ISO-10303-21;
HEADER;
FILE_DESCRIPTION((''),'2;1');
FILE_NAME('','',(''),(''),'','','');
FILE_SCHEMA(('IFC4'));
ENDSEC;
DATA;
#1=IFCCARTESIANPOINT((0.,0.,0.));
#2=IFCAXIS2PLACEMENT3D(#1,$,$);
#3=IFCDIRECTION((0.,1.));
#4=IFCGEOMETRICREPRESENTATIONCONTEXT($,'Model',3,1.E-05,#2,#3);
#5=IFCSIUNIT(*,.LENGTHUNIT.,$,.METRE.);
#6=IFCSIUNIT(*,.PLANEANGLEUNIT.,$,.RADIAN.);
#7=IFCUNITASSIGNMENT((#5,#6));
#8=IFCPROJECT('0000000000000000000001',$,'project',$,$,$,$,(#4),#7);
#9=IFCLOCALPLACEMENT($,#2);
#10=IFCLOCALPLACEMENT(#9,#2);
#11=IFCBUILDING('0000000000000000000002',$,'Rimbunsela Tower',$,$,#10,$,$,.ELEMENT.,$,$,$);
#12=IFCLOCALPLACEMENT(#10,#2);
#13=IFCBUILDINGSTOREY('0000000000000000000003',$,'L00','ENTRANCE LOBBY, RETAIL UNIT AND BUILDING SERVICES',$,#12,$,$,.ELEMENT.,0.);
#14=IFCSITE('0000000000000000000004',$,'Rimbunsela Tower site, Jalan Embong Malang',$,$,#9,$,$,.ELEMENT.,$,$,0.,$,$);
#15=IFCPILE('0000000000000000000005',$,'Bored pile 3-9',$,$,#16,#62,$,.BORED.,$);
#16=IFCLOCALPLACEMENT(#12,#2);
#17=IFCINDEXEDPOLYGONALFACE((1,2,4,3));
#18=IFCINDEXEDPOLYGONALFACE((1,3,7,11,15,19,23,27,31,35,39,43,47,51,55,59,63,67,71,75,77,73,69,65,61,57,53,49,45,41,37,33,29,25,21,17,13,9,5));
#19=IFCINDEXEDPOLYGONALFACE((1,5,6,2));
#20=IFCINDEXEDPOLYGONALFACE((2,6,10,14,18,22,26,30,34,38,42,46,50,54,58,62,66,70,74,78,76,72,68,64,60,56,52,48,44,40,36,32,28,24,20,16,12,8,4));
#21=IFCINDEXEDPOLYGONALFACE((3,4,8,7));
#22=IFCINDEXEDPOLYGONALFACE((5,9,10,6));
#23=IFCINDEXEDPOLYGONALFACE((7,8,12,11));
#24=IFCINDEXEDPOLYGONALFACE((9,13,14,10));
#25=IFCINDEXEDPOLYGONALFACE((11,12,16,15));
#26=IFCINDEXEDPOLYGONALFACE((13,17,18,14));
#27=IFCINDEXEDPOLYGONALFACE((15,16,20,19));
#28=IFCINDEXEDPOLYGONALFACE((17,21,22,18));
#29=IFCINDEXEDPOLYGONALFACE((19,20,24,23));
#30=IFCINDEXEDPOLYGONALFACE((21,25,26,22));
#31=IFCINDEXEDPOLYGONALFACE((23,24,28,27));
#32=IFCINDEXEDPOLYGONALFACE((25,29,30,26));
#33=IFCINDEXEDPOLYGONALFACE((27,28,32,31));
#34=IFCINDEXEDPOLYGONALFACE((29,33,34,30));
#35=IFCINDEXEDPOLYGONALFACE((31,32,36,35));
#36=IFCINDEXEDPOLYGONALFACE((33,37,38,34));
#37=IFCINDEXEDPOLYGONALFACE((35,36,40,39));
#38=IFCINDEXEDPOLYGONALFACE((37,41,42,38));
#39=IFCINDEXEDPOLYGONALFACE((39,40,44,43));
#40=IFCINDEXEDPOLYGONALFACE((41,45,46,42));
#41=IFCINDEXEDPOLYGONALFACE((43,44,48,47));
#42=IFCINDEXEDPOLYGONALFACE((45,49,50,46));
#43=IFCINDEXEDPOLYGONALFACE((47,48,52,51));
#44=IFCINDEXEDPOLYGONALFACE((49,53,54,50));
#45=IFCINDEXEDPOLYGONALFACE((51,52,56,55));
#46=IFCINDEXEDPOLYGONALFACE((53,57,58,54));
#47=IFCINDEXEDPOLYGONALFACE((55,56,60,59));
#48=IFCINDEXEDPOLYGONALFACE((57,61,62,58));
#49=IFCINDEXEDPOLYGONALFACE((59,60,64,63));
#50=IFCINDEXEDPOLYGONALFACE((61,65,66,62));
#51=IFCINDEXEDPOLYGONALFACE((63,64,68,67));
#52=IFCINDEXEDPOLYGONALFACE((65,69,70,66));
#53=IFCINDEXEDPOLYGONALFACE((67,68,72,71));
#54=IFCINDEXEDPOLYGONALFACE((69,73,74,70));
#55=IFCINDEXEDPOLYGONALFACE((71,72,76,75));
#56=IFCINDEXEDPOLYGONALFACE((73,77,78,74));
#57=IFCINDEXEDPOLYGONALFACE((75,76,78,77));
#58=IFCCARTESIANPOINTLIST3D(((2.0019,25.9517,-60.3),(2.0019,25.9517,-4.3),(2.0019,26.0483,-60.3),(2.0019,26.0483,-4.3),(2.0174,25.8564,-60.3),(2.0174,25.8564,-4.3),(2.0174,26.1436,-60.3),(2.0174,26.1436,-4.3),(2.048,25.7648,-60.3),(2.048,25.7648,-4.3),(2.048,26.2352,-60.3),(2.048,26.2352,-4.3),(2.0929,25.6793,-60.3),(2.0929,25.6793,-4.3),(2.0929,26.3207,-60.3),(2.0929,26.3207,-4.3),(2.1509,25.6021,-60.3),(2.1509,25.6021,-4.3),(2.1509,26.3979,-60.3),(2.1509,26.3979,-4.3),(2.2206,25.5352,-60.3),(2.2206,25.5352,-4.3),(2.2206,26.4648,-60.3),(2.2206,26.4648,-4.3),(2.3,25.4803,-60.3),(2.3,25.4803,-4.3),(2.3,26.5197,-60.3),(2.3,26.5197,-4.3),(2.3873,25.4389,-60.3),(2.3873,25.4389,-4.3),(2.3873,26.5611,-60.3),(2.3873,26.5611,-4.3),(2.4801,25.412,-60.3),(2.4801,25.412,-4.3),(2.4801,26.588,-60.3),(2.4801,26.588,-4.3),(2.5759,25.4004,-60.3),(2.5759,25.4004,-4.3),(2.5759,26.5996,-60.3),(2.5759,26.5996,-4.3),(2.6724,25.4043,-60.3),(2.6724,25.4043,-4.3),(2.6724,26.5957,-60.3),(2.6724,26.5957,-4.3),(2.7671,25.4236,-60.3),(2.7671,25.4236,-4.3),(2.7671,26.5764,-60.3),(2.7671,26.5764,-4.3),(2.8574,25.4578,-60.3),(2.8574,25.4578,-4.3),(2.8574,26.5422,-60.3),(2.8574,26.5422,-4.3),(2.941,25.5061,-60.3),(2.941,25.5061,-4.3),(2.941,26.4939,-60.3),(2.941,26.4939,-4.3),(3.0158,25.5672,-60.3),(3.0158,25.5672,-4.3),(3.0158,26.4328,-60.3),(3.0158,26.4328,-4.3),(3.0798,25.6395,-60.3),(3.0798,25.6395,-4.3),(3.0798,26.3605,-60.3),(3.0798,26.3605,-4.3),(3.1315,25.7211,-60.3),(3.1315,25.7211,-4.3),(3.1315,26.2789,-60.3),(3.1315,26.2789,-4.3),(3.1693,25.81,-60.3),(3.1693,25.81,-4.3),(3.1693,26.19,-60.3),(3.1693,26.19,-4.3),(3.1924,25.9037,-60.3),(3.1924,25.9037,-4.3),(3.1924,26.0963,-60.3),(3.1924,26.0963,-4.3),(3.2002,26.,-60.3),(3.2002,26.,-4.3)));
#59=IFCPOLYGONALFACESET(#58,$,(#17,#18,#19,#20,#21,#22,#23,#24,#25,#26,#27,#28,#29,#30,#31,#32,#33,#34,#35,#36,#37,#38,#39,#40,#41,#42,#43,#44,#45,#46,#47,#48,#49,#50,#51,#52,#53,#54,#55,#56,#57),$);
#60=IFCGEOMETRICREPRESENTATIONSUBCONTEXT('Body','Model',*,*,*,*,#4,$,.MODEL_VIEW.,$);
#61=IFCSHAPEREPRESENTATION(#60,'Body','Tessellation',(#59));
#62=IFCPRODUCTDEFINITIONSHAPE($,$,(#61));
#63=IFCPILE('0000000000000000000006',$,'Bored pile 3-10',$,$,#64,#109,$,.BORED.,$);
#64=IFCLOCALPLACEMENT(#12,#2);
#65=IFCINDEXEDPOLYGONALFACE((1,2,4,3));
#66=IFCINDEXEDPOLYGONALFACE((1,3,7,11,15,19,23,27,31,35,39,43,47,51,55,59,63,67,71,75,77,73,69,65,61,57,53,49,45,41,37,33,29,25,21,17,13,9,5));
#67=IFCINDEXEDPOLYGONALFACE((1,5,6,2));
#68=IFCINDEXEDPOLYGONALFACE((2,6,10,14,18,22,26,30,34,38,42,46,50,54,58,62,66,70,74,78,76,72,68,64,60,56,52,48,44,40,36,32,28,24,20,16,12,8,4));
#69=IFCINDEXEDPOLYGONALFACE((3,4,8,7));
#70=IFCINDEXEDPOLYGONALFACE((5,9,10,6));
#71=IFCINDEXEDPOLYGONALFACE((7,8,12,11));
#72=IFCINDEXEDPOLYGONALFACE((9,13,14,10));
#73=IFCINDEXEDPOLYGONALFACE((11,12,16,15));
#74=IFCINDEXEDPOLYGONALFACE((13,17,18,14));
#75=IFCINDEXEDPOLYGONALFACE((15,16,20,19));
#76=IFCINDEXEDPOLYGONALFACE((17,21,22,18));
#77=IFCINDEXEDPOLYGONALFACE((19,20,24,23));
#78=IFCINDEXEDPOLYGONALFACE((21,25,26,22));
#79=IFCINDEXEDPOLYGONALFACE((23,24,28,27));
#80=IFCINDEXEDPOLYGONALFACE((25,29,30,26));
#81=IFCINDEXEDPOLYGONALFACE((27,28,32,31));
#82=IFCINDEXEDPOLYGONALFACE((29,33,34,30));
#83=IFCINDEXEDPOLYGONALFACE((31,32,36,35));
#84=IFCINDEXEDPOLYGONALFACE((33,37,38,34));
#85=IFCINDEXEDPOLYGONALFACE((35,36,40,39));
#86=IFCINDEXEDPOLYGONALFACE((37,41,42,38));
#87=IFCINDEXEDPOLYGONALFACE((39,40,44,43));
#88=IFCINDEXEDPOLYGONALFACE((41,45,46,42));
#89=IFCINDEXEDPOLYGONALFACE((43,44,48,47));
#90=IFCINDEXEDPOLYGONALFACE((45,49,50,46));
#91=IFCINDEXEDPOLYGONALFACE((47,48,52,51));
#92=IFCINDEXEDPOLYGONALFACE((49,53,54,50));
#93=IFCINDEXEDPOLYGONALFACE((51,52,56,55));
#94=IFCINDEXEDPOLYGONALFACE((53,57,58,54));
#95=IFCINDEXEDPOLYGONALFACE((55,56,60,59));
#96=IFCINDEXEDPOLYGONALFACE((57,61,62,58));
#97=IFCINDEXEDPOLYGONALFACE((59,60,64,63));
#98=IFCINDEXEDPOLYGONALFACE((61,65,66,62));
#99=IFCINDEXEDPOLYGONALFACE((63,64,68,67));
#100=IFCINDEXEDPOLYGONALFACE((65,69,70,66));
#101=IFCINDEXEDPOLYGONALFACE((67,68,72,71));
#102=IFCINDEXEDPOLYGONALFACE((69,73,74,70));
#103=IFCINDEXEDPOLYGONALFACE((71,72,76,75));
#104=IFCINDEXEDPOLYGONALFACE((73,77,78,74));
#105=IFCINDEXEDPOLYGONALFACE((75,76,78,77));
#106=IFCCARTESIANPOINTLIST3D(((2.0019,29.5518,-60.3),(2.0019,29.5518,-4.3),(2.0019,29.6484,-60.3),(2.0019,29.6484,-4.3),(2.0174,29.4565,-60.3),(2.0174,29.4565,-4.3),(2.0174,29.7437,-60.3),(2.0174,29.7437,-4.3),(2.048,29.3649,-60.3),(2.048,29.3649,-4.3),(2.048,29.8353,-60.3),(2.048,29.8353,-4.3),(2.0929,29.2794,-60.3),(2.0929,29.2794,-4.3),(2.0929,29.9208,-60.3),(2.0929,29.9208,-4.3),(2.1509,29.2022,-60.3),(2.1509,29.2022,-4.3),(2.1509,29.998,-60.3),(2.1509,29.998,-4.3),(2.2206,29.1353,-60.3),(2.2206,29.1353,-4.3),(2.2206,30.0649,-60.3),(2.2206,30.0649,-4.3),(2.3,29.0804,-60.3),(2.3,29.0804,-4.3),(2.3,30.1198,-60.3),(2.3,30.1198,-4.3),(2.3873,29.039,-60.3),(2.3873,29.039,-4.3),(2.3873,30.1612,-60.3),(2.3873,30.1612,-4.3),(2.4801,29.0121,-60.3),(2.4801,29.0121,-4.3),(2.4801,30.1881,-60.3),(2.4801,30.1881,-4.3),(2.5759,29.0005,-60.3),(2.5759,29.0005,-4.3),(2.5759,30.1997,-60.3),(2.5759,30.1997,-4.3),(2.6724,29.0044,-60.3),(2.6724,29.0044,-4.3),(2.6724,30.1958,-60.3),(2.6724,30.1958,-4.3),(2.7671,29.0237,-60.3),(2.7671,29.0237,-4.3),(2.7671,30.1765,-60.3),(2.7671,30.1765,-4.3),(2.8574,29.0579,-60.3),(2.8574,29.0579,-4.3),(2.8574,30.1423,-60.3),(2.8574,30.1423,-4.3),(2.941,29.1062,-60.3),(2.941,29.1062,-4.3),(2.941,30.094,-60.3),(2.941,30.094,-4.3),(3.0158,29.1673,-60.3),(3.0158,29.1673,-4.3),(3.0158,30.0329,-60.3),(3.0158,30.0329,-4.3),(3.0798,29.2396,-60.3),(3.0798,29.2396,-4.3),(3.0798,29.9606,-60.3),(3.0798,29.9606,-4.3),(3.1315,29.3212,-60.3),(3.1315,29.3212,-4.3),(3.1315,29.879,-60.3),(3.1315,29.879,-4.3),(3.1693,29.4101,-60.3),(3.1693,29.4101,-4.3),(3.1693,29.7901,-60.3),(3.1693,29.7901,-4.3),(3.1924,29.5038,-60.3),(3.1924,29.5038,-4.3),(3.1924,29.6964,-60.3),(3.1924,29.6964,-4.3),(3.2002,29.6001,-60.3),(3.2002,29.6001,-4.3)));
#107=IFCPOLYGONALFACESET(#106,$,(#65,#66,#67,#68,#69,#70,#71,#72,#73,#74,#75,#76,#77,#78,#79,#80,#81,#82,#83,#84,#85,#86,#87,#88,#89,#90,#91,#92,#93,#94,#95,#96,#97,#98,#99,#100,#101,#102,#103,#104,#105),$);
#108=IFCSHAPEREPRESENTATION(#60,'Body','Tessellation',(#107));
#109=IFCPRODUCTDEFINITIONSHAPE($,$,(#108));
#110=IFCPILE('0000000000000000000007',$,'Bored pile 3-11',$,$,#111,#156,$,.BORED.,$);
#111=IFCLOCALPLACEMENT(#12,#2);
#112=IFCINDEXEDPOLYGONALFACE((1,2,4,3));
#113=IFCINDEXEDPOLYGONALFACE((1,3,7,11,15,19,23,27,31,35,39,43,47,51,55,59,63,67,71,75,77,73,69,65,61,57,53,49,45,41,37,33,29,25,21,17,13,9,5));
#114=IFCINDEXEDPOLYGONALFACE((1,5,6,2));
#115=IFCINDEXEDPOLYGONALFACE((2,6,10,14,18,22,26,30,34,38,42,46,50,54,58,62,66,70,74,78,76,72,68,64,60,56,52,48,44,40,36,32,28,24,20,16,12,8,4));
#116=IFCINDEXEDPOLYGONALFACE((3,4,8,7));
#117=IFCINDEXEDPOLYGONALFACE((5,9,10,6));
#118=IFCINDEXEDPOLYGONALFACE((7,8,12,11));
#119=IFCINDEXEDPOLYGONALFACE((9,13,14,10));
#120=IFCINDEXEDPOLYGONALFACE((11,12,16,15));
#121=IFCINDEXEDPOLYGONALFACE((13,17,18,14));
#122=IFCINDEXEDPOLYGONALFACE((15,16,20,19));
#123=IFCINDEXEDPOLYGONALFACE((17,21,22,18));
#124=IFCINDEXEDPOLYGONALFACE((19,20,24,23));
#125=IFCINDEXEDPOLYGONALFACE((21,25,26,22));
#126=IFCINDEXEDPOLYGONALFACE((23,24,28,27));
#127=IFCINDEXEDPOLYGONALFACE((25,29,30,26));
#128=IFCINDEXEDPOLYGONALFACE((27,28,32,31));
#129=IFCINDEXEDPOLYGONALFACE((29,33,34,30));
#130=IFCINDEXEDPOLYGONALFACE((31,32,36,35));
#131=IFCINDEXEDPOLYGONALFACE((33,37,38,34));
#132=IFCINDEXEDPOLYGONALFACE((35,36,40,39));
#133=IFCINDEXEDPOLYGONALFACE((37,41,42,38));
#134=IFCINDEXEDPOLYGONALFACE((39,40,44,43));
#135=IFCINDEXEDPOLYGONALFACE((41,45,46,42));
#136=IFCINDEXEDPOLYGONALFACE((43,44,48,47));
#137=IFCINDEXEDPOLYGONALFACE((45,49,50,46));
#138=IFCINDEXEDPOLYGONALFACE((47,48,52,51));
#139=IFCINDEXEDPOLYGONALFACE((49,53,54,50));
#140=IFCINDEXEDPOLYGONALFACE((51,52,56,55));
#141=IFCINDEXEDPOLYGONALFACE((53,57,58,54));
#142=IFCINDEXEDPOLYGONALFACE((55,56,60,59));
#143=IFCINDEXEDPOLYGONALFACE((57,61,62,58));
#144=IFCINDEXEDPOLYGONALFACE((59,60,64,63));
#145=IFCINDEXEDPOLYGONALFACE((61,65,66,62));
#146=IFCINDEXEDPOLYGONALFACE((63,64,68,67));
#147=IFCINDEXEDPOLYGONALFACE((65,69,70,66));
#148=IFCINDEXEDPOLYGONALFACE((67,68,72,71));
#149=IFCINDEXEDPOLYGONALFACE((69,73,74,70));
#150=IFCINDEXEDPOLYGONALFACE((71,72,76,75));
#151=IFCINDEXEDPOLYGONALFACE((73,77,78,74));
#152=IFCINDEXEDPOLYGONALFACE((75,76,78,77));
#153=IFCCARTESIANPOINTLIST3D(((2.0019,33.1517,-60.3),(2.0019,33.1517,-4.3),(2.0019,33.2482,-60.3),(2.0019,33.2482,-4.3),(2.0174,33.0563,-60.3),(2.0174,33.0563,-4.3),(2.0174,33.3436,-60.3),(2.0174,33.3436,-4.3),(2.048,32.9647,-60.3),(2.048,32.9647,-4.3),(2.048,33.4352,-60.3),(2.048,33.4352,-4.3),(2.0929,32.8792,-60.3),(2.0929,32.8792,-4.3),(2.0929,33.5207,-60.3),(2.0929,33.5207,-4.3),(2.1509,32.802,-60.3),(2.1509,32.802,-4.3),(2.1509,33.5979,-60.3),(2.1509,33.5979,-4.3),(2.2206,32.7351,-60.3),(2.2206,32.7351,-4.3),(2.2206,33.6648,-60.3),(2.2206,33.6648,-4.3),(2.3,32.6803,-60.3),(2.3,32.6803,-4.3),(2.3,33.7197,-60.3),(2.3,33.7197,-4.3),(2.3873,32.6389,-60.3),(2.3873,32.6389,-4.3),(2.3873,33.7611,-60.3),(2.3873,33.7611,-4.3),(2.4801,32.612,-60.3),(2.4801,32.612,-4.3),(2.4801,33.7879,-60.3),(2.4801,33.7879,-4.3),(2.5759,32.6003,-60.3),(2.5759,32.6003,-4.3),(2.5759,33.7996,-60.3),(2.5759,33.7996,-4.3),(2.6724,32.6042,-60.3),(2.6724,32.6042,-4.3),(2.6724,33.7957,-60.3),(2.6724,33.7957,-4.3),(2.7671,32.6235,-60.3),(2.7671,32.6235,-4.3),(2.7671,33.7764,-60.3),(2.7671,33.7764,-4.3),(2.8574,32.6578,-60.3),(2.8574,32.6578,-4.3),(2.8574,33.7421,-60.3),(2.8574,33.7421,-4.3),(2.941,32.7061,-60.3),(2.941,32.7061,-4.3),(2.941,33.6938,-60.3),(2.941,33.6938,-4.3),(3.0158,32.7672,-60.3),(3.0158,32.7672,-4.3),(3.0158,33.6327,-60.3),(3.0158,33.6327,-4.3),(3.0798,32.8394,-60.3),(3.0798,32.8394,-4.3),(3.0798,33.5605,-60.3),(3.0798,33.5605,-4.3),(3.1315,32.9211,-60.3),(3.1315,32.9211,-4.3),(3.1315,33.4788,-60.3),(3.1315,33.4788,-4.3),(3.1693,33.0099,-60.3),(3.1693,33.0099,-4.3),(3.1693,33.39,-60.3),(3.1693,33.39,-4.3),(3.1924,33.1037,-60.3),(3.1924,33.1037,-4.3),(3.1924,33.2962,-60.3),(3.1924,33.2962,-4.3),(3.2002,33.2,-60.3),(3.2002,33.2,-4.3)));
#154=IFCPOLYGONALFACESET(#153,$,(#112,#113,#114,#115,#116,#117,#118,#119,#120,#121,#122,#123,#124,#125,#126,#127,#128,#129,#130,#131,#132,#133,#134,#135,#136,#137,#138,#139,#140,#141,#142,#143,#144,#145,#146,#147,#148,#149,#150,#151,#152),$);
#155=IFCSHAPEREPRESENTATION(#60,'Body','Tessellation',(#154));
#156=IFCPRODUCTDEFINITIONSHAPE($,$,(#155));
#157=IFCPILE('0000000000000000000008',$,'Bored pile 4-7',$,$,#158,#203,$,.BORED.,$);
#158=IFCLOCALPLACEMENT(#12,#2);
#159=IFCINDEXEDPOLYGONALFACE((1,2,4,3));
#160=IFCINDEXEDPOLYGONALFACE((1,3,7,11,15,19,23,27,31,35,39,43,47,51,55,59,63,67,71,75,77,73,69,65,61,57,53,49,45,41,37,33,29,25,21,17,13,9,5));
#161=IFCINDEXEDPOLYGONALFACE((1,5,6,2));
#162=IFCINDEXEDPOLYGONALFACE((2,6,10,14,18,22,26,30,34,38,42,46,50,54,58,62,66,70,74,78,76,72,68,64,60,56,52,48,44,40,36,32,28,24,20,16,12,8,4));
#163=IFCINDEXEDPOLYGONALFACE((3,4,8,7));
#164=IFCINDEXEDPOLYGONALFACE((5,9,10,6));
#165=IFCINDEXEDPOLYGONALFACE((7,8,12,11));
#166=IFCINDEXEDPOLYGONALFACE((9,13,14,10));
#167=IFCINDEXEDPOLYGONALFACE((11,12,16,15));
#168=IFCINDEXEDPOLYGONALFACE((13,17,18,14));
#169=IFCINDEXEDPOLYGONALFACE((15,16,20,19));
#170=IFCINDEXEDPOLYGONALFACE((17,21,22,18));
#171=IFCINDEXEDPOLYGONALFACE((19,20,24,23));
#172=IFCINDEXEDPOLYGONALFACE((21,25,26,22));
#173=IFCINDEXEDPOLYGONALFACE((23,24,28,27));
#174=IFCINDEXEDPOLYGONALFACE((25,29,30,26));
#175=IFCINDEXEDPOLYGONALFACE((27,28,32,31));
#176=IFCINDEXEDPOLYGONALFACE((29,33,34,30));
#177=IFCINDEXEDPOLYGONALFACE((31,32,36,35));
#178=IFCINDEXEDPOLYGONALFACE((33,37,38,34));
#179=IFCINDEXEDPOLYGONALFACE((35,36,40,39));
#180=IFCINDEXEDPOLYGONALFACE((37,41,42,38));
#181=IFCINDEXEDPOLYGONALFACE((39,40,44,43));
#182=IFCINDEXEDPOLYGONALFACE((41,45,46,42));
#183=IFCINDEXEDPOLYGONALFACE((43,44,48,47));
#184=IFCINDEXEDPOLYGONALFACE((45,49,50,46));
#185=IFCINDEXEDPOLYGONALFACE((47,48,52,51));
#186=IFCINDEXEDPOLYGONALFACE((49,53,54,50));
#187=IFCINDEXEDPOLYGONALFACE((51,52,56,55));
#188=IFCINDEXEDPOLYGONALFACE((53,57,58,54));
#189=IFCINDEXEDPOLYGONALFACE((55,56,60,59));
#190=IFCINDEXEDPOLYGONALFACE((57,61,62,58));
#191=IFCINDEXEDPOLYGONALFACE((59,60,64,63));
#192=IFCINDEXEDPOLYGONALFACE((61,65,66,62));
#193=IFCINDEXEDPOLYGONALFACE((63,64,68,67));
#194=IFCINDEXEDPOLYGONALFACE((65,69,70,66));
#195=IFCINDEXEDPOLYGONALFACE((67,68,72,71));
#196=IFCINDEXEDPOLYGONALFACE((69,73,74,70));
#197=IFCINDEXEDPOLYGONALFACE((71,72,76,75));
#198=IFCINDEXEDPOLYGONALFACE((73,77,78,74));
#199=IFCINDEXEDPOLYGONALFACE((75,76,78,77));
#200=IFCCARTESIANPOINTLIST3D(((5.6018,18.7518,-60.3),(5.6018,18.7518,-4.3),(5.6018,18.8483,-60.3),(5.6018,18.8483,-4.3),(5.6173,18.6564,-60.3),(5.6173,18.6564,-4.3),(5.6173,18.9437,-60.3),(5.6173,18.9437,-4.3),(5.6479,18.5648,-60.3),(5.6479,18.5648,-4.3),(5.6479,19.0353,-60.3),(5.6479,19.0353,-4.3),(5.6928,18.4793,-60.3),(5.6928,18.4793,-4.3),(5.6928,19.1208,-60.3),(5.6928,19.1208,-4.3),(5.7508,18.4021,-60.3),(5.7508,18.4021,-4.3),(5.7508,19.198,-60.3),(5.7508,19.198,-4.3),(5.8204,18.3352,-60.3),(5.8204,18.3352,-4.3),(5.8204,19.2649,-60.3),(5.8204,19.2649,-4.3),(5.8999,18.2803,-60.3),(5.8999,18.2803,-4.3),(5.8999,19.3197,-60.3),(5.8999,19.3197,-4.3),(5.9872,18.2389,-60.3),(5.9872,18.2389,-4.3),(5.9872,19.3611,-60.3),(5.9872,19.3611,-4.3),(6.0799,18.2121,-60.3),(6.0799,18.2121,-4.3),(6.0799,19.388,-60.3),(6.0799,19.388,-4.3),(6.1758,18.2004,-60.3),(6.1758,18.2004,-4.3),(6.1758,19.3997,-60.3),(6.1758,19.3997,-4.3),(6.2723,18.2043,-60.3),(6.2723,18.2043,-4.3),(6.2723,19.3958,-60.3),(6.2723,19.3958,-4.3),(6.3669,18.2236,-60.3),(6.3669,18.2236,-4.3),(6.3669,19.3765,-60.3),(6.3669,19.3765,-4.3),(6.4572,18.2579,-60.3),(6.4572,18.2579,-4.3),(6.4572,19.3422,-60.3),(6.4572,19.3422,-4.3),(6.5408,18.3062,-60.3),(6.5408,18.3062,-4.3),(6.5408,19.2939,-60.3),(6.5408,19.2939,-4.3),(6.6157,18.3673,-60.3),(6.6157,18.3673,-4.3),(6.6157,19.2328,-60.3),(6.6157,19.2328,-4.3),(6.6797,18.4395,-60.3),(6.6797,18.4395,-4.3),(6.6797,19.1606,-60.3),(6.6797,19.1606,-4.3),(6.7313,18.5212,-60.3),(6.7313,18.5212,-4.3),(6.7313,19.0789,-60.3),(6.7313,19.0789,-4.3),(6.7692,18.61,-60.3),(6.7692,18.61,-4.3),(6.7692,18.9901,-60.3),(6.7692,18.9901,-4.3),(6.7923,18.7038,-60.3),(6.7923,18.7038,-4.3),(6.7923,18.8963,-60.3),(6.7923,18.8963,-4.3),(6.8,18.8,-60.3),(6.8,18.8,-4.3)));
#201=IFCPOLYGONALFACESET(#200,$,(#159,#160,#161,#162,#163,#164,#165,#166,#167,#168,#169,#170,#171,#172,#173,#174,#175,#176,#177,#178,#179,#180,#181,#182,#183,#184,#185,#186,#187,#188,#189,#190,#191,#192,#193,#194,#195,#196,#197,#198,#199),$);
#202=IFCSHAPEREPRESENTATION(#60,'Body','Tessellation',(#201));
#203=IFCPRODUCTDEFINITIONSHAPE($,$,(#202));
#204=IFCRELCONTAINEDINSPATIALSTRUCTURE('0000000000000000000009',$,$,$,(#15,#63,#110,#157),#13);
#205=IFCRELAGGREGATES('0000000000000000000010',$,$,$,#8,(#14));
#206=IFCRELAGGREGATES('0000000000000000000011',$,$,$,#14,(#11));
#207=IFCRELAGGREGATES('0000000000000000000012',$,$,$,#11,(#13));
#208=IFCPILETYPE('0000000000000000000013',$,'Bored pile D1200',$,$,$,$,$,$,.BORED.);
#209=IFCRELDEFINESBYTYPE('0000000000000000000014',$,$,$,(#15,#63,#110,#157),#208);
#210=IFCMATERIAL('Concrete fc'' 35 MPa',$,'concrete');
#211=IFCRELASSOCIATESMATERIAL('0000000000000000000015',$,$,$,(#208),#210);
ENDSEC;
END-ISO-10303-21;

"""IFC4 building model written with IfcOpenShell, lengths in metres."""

from ifc_helpers import new_model, si_unit, direction, frame, origin, origin_2d, place, context, subcontext, project, spatial, circle, extrude, material, material_profile, profile_set, type_object, element, save


model = new_model("IFC4")

# Units and contexts
model_context = context("Model", 3, precision=1e-05, world=origin(), true_north=direction((0.0, 1.0)))
body_context = subcontext(model_context, "Body", "Model", "MODEL_VIEW")
ifc_project = project(units=[si_unit("LENGTHUNIT", "METRE"), si_unit("PLANEANGLEUNIT", "RADIAN")], contexts=[model_context])

# Site, building, storey
site_placement = place(None, origin())
site = spatial("IfcSite", under=ifc_project, at=site_placement, Name="Rimbunsela Tower site, Jalan Embong Malang", CompositionType="ELEMENT", RefElevation=0.0)
building_placement = place(site_placement, origin())
building = spatial("IfcBuilding", under=site, at=building_placement, Name="Rimbunsela Tower", CompositionType="ELEMENT")
storey_placement = place(building_placement, origin())
storey = spatial("IfcBuildingStorey", under=building, at=storey_placement, Name="L00", Description="ENTRANCE LOBBY, RETAIL UNIT AND BUILDING SERVICES", CompositionType="ELEMENT", Elevation=0.0)

# Piles
ifc_material_1 = material(Name="Concrete fc' 35 MPa", Category="concrete")
ifc_material_profile_1 = material_profile(ifc_material_1, circle(Radius=0.6001, at=origin_2d()), Name="BP D1200")
ifc_profile_set_1 = profile_set([ifc_material_profile_1], Name="Concrete fc' 35 MPa")
pile_type = type_object("IfcPileType", Name="Bored pile D1200", PredefinedType="BORED", material=ifc_profile_set_1)
for number, where, z_axis, x_axis, name in (
    (1, (2.6001, 26.0, -4.3), (0.0, 0.0, -1.0), (1.0, 0.0, 0.0), "Bored pile 3-9"),
    (2, (2.6001, 29.6001, -4.3), (0.0, 0.0, -1.0), (1.0, 0.0, 0.0), "Bored pile 3-10"),
    (3, (2.6001, 33.2, -4.3), (0.0, 0.0, -1.0), (1.0, 0.0, 0.0), "Bored pile 3-11"),
    (4, (6.2, 18.8, -4.3), (0.0, 0.0, -1.0), (1.0, 0.0, 0.0), "Bored pile 4-7"),
):
    element("IfcPile", number, at=place(storey_placement, frame(where, z_axis=z_axis, x_axis=x_axis)), inside=storey, type_object=pile_type, Name=name, PredefinedType="BORED", context=body_context, shape_type="SweptSolid", body=[
        extrude(circle(Radius=0.6001, at=origin_2d()), origin(), (0.0, 0.0, 1.0), 56.0),
    ])

save(model, "model.ifc")
